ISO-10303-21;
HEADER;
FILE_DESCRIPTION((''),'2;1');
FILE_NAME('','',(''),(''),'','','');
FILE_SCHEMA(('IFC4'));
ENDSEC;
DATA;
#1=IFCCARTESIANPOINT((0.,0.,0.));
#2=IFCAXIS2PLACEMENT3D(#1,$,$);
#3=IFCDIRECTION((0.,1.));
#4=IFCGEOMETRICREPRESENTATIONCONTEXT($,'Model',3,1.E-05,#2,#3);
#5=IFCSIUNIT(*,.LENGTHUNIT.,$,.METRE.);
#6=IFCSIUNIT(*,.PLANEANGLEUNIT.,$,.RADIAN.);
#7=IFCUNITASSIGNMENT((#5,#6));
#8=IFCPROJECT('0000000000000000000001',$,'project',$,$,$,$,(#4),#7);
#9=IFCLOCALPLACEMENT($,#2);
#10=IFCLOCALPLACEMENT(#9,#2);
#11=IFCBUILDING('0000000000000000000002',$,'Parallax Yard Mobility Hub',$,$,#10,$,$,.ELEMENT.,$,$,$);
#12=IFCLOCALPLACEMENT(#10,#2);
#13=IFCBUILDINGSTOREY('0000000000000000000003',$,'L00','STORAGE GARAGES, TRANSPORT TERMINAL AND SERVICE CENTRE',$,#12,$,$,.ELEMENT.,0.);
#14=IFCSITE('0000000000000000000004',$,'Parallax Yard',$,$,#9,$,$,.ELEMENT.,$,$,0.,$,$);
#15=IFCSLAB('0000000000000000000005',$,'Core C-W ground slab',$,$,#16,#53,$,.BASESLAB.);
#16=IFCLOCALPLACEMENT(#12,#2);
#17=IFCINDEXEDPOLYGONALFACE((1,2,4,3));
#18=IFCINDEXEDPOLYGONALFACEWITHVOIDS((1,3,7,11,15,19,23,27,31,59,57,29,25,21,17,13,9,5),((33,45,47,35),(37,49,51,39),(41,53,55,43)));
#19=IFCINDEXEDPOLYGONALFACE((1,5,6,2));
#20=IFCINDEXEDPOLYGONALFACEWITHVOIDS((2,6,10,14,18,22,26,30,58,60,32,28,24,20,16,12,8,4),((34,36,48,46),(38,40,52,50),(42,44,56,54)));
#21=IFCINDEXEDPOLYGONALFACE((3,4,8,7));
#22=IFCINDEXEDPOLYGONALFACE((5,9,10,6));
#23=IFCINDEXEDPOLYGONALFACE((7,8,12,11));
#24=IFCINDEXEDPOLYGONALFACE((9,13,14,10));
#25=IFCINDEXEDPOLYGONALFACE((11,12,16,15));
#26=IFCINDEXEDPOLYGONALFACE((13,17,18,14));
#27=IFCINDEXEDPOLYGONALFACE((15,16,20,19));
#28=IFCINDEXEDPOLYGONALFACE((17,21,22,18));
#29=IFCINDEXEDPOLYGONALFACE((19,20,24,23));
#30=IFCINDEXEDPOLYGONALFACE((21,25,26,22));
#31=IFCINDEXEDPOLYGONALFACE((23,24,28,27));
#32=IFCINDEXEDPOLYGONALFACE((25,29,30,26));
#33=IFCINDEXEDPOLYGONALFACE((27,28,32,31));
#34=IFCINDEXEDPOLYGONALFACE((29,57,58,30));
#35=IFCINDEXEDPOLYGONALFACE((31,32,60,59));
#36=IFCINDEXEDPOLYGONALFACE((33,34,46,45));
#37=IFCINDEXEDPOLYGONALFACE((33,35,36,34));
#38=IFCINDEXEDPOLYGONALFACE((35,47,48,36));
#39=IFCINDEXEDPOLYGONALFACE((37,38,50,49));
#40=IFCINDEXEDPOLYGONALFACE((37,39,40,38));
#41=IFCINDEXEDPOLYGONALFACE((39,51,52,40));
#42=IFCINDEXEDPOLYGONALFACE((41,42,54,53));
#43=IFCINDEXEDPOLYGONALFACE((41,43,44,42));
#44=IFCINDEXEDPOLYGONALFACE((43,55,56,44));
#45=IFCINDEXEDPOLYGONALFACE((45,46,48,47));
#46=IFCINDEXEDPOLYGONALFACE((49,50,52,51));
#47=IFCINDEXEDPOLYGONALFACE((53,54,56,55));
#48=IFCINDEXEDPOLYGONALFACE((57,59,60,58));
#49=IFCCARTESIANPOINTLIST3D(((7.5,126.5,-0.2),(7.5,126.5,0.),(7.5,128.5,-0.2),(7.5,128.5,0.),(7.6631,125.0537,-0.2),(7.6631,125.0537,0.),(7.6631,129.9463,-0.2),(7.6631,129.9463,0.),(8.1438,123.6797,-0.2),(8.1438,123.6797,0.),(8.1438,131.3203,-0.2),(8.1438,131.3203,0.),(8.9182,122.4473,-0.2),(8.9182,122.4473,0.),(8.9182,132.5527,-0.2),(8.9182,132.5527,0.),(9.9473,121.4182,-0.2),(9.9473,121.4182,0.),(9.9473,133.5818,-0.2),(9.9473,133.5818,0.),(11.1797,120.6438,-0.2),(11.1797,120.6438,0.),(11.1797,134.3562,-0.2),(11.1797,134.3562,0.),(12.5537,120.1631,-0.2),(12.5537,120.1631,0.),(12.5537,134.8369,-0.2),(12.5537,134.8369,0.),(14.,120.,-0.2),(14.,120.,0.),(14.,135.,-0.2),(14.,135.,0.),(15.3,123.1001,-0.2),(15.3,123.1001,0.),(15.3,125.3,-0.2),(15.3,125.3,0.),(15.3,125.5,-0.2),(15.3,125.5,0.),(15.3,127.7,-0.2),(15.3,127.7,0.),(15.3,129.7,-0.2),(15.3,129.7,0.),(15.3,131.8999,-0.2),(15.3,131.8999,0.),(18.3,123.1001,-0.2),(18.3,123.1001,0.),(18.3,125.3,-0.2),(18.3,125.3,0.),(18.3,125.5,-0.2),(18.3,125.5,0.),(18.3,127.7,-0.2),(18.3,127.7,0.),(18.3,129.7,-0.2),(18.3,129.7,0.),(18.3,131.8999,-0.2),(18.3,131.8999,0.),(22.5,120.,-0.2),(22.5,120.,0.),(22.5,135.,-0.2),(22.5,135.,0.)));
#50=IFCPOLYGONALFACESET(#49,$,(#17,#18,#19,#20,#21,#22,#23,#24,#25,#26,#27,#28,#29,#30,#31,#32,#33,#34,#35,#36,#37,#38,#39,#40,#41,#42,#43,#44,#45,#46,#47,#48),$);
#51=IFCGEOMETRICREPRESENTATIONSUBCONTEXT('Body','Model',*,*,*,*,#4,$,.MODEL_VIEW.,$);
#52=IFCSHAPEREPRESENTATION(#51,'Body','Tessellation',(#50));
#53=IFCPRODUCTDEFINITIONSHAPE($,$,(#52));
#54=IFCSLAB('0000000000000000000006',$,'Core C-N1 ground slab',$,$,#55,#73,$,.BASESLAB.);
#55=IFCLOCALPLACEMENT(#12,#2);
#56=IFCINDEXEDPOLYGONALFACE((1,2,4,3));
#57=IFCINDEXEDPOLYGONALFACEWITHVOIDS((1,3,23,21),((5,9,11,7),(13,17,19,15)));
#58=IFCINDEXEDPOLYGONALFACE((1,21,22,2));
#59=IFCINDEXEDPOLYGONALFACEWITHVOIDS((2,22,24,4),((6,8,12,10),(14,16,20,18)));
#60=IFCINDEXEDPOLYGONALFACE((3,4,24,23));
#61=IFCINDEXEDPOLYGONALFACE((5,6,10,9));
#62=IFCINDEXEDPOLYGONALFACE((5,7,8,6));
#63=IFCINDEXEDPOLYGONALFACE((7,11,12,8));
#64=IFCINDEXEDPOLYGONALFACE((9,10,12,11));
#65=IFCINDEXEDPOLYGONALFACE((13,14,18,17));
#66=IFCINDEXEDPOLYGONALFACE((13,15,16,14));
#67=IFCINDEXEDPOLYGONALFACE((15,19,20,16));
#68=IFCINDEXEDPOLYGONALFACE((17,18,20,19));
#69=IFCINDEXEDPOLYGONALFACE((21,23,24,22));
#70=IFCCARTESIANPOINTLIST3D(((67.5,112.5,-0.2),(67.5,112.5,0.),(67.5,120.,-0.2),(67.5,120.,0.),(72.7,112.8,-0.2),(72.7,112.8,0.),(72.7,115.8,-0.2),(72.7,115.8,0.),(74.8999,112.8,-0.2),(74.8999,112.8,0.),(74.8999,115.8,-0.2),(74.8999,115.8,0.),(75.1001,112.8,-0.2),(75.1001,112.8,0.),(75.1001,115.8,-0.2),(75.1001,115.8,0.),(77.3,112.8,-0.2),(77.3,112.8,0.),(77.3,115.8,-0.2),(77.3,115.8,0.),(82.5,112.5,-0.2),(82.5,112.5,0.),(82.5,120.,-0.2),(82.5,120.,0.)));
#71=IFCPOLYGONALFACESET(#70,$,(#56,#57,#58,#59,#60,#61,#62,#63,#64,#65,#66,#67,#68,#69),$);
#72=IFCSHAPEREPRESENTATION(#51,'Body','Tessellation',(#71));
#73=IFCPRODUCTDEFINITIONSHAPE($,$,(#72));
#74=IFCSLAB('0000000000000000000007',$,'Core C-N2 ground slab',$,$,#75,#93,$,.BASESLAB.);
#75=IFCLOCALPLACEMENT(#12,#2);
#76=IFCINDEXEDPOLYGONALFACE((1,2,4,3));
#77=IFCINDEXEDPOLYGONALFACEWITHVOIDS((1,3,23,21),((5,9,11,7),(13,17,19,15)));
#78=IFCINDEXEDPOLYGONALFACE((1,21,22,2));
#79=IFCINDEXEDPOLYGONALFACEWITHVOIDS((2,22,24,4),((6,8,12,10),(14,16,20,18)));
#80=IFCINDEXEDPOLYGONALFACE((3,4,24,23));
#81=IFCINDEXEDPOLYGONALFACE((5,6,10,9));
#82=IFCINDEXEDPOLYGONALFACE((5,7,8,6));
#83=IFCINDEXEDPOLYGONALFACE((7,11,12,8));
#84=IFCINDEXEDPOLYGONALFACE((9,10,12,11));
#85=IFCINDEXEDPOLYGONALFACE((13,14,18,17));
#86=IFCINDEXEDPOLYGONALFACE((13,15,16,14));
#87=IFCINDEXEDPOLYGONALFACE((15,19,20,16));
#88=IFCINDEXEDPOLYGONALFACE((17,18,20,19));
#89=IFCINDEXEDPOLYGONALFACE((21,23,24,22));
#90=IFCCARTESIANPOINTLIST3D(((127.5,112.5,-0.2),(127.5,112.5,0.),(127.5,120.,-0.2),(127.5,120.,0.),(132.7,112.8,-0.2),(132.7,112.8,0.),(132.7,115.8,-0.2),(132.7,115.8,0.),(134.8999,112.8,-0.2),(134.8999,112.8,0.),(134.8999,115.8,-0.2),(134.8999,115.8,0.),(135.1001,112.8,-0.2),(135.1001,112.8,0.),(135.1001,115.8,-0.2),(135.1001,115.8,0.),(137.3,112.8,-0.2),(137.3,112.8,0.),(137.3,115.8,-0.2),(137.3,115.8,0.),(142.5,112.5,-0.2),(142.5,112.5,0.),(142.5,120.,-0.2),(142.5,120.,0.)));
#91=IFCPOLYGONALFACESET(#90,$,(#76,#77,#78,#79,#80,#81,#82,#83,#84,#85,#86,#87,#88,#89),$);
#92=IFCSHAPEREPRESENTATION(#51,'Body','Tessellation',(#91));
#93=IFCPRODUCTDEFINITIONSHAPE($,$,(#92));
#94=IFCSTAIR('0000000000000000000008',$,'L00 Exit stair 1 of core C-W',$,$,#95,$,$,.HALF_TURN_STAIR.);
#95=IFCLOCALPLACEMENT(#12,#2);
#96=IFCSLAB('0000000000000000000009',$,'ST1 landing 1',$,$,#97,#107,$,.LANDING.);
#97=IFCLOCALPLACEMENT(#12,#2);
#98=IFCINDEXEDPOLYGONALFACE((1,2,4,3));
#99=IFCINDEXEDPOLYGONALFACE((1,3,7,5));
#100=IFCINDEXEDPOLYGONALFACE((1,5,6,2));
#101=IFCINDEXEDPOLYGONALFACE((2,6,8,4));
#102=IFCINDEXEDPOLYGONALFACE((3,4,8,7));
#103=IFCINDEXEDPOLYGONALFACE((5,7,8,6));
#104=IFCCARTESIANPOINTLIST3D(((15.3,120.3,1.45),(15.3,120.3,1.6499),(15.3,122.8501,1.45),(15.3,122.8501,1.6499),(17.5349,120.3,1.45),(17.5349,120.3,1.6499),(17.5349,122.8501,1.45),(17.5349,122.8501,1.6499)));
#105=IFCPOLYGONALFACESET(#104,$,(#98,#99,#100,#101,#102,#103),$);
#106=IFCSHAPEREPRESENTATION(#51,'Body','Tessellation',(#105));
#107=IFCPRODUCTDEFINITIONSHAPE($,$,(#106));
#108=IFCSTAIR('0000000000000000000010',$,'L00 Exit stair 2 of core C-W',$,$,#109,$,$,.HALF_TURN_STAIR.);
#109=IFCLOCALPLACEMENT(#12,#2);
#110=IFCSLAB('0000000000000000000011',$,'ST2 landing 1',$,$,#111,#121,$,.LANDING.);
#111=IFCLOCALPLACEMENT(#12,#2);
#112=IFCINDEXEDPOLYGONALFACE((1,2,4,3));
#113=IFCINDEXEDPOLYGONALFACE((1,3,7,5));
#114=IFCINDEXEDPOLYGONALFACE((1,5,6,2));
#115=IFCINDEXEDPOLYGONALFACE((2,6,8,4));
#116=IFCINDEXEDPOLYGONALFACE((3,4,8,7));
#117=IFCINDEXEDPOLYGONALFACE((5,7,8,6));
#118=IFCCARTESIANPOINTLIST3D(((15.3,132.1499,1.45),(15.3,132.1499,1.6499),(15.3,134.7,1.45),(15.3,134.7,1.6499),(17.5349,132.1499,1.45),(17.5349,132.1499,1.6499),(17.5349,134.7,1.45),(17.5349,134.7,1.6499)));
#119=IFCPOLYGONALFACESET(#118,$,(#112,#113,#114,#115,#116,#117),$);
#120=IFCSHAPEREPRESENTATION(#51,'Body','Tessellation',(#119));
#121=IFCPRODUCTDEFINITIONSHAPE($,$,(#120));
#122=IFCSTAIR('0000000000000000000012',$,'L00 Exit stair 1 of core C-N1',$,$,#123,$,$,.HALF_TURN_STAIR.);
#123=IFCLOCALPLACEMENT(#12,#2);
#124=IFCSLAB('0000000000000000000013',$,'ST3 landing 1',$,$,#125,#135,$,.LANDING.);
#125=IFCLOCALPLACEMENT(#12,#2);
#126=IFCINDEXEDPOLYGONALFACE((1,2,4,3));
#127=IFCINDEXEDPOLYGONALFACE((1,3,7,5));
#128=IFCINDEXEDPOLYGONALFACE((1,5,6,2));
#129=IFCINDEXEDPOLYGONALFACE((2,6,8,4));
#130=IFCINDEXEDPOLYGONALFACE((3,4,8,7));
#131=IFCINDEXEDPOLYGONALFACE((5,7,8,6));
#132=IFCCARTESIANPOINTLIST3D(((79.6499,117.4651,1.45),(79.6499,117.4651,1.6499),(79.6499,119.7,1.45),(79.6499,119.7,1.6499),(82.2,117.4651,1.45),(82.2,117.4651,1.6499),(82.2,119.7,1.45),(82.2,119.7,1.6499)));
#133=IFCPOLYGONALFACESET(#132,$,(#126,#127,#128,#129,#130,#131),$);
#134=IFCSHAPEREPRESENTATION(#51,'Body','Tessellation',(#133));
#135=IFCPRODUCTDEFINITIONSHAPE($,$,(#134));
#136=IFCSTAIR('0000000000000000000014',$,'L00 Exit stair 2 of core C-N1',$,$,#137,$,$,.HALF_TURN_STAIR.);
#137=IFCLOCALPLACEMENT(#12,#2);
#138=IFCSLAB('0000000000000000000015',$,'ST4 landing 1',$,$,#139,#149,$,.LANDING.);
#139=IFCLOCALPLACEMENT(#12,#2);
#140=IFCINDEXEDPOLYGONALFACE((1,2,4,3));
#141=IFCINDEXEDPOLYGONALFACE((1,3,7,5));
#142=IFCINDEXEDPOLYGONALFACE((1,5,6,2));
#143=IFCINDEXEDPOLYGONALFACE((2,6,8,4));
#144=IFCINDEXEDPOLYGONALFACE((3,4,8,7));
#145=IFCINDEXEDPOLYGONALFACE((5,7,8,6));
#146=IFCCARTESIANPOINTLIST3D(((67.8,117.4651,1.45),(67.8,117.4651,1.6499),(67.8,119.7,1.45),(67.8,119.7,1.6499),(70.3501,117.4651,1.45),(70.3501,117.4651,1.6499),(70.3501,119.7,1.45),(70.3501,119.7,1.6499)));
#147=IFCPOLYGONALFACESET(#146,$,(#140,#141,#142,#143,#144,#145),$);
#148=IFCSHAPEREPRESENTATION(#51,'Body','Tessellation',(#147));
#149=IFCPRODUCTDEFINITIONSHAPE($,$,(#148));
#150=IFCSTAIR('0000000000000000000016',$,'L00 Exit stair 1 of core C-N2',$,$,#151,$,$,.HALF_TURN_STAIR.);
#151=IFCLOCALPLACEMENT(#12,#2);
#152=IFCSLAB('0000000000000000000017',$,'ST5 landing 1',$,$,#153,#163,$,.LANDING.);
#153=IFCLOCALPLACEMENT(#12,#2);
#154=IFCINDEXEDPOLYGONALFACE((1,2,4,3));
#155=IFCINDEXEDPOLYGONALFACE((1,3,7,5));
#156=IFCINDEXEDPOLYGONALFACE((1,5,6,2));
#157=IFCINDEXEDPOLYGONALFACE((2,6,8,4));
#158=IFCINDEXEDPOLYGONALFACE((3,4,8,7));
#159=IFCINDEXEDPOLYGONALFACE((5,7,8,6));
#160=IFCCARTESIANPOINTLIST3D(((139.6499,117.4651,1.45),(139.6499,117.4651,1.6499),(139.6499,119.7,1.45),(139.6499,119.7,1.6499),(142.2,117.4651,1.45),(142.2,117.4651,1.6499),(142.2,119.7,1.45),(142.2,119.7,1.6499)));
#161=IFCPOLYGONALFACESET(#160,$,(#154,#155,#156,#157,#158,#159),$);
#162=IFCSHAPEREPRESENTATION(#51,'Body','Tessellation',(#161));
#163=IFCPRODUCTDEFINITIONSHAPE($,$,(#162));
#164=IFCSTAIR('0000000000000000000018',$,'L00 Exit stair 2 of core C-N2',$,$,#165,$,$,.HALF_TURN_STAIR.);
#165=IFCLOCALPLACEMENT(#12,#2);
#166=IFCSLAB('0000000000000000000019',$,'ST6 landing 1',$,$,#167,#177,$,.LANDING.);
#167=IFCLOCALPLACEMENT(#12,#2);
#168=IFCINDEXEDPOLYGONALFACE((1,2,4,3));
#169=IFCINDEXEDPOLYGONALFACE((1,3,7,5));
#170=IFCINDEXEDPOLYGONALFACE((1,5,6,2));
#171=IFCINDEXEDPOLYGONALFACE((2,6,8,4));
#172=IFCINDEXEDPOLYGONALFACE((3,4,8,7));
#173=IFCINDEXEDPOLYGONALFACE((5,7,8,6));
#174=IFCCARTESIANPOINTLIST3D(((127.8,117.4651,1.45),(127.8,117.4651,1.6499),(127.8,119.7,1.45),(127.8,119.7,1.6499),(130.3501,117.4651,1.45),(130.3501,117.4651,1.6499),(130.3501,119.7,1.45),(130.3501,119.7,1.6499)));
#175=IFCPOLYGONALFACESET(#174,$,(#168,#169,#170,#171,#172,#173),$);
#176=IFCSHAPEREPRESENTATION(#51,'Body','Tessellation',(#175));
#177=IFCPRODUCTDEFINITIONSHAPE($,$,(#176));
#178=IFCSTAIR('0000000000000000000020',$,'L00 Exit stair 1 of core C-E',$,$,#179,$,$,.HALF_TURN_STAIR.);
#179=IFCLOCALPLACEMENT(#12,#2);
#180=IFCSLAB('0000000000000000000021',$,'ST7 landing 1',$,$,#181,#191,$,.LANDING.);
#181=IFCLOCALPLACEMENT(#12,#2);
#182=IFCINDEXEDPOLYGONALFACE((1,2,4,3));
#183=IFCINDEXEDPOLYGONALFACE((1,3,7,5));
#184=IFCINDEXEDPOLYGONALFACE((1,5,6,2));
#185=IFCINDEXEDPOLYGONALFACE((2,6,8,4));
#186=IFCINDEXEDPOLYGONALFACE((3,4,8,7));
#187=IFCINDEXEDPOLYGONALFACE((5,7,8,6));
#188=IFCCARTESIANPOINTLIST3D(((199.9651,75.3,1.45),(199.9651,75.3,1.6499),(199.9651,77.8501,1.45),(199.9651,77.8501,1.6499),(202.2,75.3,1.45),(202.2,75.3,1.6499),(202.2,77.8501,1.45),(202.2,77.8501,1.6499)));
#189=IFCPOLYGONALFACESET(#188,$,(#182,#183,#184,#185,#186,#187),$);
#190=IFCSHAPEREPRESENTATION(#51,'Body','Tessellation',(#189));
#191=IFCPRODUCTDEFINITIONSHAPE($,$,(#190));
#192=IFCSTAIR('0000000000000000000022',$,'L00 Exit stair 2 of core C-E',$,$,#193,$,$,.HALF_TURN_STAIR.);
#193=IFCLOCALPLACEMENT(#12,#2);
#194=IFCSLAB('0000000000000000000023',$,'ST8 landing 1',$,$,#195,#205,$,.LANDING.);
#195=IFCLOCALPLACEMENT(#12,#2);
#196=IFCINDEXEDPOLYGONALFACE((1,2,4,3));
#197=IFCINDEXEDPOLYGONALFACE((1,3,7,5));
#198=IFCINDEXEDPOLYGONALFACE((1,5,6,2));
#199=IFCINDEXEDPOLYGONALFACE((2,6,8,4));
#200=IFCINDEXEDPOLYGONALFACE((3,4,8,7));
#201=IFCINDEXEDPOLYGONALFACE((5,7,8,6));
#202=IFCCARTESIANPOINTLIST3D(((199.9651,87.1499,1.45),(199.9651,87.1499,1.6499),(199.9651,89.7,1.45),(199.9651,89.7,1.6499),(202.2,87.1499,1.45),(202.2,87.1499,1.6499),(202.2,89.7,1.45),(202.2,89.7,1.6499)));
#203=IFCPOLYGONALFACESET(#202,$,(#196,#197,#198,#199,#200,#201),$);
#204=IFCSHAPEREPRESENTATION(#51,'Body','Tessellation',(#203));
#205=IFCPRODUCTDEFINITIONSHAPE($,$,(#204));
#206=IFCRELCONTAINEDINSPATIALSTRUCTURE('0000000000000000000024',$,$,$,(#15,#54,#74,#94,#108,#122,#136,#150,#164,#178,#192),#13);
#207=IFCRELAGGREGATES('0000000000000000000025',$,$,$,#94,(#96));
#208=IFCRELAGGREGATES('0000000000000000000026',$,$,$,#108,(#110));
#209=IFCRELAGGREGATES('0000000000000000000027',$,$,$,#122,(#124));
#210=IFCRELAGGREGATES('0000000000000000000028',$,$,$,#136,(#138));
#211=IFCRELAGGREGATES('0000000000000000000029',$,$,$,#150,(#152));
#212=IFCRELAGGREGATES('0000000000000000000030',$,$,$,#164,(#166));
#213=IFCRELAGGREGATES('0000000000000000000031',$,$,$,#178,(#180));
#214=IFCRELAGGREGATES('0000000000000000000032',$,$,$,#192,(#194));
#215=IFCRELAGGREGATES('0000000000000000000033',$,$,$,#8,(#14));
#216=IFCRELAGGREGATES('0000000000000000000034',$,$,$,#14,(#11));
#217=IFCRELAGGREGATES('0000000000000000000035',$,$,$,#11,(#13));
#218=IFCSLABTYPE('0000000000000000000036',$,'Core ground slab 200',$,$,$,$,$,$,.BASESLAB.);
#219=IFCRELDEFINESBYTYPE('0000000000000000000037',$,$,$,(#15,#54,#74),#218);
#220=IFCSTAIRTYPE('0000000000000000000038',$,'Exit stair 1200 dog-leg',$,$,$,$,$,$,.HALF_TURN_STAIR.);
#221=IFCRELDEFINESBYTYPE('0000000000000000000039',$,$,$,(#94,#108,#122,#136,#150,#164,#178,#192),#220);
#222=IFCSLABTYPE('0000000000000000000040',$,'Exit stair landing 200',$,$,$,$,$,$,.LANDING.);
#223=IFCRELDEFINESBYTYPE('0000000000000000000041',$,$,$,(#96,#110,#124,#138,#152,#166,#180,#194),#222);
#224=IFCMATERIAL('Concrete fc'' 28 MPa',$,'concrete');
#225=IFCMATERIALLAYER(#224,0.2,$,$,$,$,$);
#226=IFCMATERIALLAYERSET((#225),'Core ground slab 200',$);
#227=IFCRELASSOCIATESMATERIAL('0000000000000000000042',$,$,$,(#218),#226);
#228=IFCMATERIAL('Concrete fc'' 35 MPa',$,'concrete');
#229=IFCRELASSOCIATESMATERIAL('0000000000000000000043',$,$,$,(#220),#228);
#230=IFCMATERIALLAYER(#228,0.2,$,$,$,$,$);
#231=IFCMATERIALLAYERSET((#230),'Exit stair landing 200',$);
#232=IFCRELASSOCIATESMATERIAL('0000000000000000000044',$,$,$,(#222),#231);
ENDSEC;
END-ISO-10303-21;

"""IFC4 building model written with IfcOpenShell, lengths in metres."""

from ifc_helpers import new_model, si_unit, direction, frame, origin, place, context, subcontext, project, spatial, polyline, outline, extrude, material, layer, layer_set, type_object, element, aggregate, save


model = new_model("IFC4")

# Units and contexts
model_context = context("Model", 3, precision=1e-05, world=origin(), true_north=direction((0.0, 1.0)))
body_context = subcontext(model_context, "Body", "Model", "MODEL_VIEW")
ifc_project = project(units=[si_unit("LENGTHUNIT", "METRE"), si_unit("PLANEANGLEUNIT", "RADIAN")], contexts=[model_context])

# Site, building, storey
site_placement = place(None, origin())
site = spatial("IfcSite", under=ifc_project, at=site_placement, Name="Parallax Yard", CompositionType="ELEMENT", RefElevation=0.0)
building_placement = place(site_placement, origin())
building = spatial("IfcBuilding", under=site, at=building_placement, Name="Parallax Yard Mobility Hub", CompositionType="ELEMENT")
storey_placement = place(building_placement, origin())
storey = spatial("IfcBuildingStorey", under=building, at=storey_placement, Name="L00", Description="STORAGE GARAGES, TRANSPORT TERMINAL AND SERVICE CENTRE", CompositionType="ELEMENT", Elevation=0.0)

# Slabs
ifc_material_1 = material(Name="Concrete fc' 28 MPa", Category="concrete")
ifc_layer_1 = layer(ifc_material_1, 0.2)
ifc_layer_set_1 = layer_set([ifc_layer_1], Name="Core ground slab 200")
slab_type_1 = type_object("IfcSlabType", Name="Core ground slab 200", PredefinedType="BASESLAB", material=ifc_layer_set_1)
slab_1_placement = place(storey_placement, frame((0.0, 0.0, -0.2)))
element("IfcSlab", 1, at=slab_1_placement, inside=storey, type_object=slab_type_1, Name="Core C-W ground slab", PredefinedType="BASESLAB", context=body_context, shape_type="SweptSolid", body=[
    extrude(outline(polyline([(12.5537, 120.1631), (11.1797, 120.6438), (9.9473, 121.4182), (8.9182, 122.4473), (8.1438, 123.6797), (7.6631, 125.0537), (7.5, 126.5), (7.5, 128.5), (7.6631, 129.9463), (8.1438, 131.3203), (8.9182, 132.5527), (9.9473, 133.5818), (11.1797, 134.3562), (12.5537, 134.8369), (14.0, 135.0), (22.5, 135.0), (22.5, 120.0), (14.0, 120.0), (12.5537, 120.1631)]), holes=[polyline([(18.3, 123.1001), (18.3, 125.3), (15.3, 125.3), (15.3, 123.1001), (18.3, 123.1001)]), polyline([(15.3, 125.5), (18.3, 125.5), (18.3, 127.7), (15.3, 127.7), (15.3, 125.5)]), polyline([(15.3, 131.8999), (15.3, 129.7), (18.3, 129.7), (18.3, 131.8999), (15.3, 131.8999)])]), origin(), (0.0, 0.0, 1.0), 0.2),
])
slab_2_placement = place(storey_placement, frame((0.0, 0.0, -0.2)))
element("IfcSlab", 2, at=slab_2_placement, inside=storey, type_object=slab_type_1, Name="Core C-N1 ground slab", PredefinedType="BASESLAB", context=body_context, shape_type="SweptSolid", body=[
    extrude(outline(polyline([(82.5, 112.5), (67.5, 112.5), (67.5, 120.0), (82.5, 120.0), (82.5, 112.5)]), holes=[polyline([(77.3, 112.8), (77.3, 115.8), (75.1001, 115.8), (75.1001, 112.8), (77.3, 112.8)]), polyline([(72.7, 112.8), (74.8999, 112.8), (74.8999, 115.8), (72.7, 115.8), (72.7, 112.8)])]), origin(), (0.0, 0.0, 1.0), 0.2),
])
slab_3_placement = place(storey_placement, frame((0.0, 0.0, -0.2)))
element("IfcSlab", 3, at=slab_3_placement, inside=storey, type_object=slab_type_1, Name="Core C-N2 ground slab", PredefinedType="BASESLAB", context=body_context, shape_type="SweptSolid", body=[
    extrude(outline(polyline([(142.5, 112.5), (127.5, 112.5), (127.5, 120.0), (142.5, 120.0), (142.5, 112.5)]), holes=[polyline([(137.3, 112.8), (137.3, 115.8), (135.1001, 115.8), (135.1001, 112.8), (137.3, 112.8)]), polyline([(132.7, 112.8), (134.8999, 112.8), (134.8999, 115.8), (132.7, 115.8), (132.7, 112.8)])]), origin(), (0.0, 0.0, 1.0), 0.2),
])

# Stairs, slabs
ifc_material_2 = material(Name="Concrete fc' 35 MPa", Category="concrete")
stair_type = type_object("IfcStairType", Name="Exit stair 1200 dog-leg", PredefinedType="HALF_TURN_STAIR", material=ifc_material_2)
stair_1_placement = place(storey_placement, origin())
stair_1 = element("IfcStair", 4, at=stair_1_placement, inside=storey, type_object=stair_type, Name="L00 Exit stair 1 of core C-W", PredefinedType="HALF_TURN_STAIR")
ifc_layer_2 = layer(ifc_material_2, 0.2)
ifc_layer_set_2 = layer_set([ifc_layer_2], Name="Exit stair landing 200")
slab_type_2 = type_object("IfcSlabType", Name="Exit stair landing 200", PredefinedType="LANDING", material=ifc_layer_set_2)
slab_4_placement = place(storey_placement, frame((0.0, 0.0, 1.45)))
slab_4 = element("IfcSlab", 5, at=slab_4_placement, type_object=slab_type_2, Name="ST1 landing 1", PredefinedType="LANDING", context=body_context, shape_type="SweptSolid", body=[
    extrude(outline(polyline([(17.5349, 122.8501), (15.3, 122.8501), (15.3, 120.3), (17.5349, 120.3), (17.5349, 122.8501)])), origin(), (0.0, 0.0, 1.0), 0.2),
])
aggregate(stair_1, [slab_4])
stair_2_placement = place(storey_placement, origin())
stair_2 = element("IfcStair", 6, at=stair_2_placement, inside=storey, type_object=stair_type, Name="L00 Exit stair 2 of core C-W", PredefinedType="HALF_TURN_STAIR")
slab_5_placement = place(storey_placement, frame((0.0, 0.0, 1.45)))
slab_5 = element("IfcSlab", 7, at=slab_5_placement, type_object=slab_type_2, Name="ST2 landing 1", PredefinedType="LANDING", context=body_context, shape_type="SweptSolid", body=[
    extrude(outline(polyline([(17.5349, 134.7), (15.3, 134.7), (15.3, 132.1499), (17.5349, 132.1499), (17.5349, 134.7)])), origin(), (0.0, 0.0, 1.0), 0.2),
])
aggregate(stair_2, [slab_5])
stair_3_placement = place(storey_placement, origin())
stair_3 = element("IfcStair", 8, at=stair_3_placement, inside=storey, type_object=stair_type, Name="L00 Exit stair 1 of core C-N1", PredefinedType="HALF_TURN_STAIR")
slab_6_placement = place(storey_placement, frame((0.0, 0.0, 1.45)))
slab_6 = element("IfcSlab", 9, at=slab_6_placement, type_object=slab_type_2, Name="ST3 landing 1", PredefinedType="LANDING", context=body_context, shape_type="SweptSolid", body=[
    extrude(outline(polyline([(82.2, 117.4651), (82.2, 119.7), (79.6499, 119.7), (79.6499, 117.4651), (82.2, 117.4651)])), origin(), (0.0, 0.0, 1.0), 0.2),
])
aggregate(stair_3, [slab_6])
stair_4_placement = place(storey_placement, origin())
stair_4 = element("IfcStair", 10, at=stair_4_placement, inside=storey, type_object=stair_type, Name="L00 Exit stair 2 of core C-N1", PredefinedType="HALF_TURN_STAIR")
slab_7_placement = place(storey_placement, frame((0.0, 0.0, 1.45)))
slab_7 = element("IfcSlab", 11, at=slab_7_placement, type_object=slab_type_2, Name="ST4 landing 1", PredefinedType="LANDING", context=body_context, shape_type="SweptSolid", body=[
    extrude(outline(polyline([(70.3501, 117.4651), (70.3501, 119.7), (67.8, 119.7), (67.8, 117.4651), (70.3501, 117.4651)])), origin(), (0.0, 0.0, 1.0), 0.2),
])
aggregate(stair_4, [slab_7])
stair_5_placement = place(storey_placement, origin())
stair_5 = element("IfcStair", 12, at=stair_5_placement, inside=storey, type_object=stair_type, Name="L00 Exit stair 1 of core C-N2", PredefinedType="HALF_TURN_STAIR")
slab_8_placement = place(storey_placement, frame((0.0, 0.0, 1.45)))
slab_8 = element("IfcSlab", 13, at=slab_8_placement, type_object=slab_type_2, Name="ST5 landing 1", PredefinedType="LANDING", context=body_context, shape_type="SweptSolid", body=[
    extrude(outline(polyline([(142.2, 117.4651), (142.2, 119.7), (139.6499, 119.7), (139.6499, 117.4651), (142.2, 117.4651)])), origin(), (0.0, 0.0, 1.0), 0.2),
])
aggregate(stair_5, [slab_8])
stair_6_placement = place(storey_placement, origin())
stair_6 = element("IfcStair", 14, at=stair_6_placement, inside=storey, type_object=stair_type, Name="L00 Exit stair 2 of core C-N2", PredefinedType="HALF_TURN_STAIR")
slab_9_placement = place(storey_placement, frame((0.0, 0.0, 1.45)))
slab_9 = element("IfcSlab", 15, at=slab_9_placement, type_object=slab_type_2, Name="ST6 landing 1", PredefinedType="LANDING", context=body_context, shape_type="SweptSolid", body=[
    extrude(outline(polyline([(130.3501, 117.4651), (130.3501, 119.7), (127.8, 119.7), (127.8, 117.4651), (130.3501, 117.4651)])), origin(), (0.0, 0.0, 1.0), 0.2),
])
aggregate(stair_6, [slab_9])
stair_7_placement = place(storey_placement, origin())
stair_7 = element("IfcStair", 16, at=stair_7_placement, inside=storey, type_object=stair_type, Name="L00 Exit stair 1 of core C-E", PredefinedType="HALF_TURN_STAIR")
slab_10_placement = place(storey_placement, frame((0.0, 0.0, 1.45)))
slab_10 = element("IfcSlab", 17, at=slab_10_placement, type_object=slab_type_2, Name="ST7 landing 1", PredefinedType="LANDING", context=body_context, shape_type="SweptSolid", body=[
    extrude(outline(polyline([(199.9651, 75.3), (202.2, 75.3), (202.2, 77.8501), (199.9651, 77.8501), (199.9651, 75.3)])), origin(), (0.0, 0.0, 1.0), 0.2),
])
aggregate(stair_7, [slab_10])
stair_8_placement = place(storey_placement, origin())
stair_8 = element("IfcStair", 18, at=stair_8_placement, inside=storey, type_object=stair_type, Name="L00 Exit stair 2 of core C-E", PredefinedType="HALF_TURN_STAIR")
slab_11_placement = place(storey_placement, frame((0.0, 0.0, 1.45)))
slab_11 = element("IfcSlab", 19, at=slab_11_placement, type_object=slab_type_2, Name="ST8 landing 1", PredefinedType="LANDING", context=body_context, shape_type="SweptSolid", body=[
    extrude(outline(polyline([(199.9651, 87.1499), (202.2, 87.1499), (202.2, 89.7), (199.9651, 89.7), (199.9651, 87.1499)])), origin(), (0.0, 0.0, 1.0), 0.2),
])
aggregate(stair_8, [slab_11])

save(model, "model.ifc")
